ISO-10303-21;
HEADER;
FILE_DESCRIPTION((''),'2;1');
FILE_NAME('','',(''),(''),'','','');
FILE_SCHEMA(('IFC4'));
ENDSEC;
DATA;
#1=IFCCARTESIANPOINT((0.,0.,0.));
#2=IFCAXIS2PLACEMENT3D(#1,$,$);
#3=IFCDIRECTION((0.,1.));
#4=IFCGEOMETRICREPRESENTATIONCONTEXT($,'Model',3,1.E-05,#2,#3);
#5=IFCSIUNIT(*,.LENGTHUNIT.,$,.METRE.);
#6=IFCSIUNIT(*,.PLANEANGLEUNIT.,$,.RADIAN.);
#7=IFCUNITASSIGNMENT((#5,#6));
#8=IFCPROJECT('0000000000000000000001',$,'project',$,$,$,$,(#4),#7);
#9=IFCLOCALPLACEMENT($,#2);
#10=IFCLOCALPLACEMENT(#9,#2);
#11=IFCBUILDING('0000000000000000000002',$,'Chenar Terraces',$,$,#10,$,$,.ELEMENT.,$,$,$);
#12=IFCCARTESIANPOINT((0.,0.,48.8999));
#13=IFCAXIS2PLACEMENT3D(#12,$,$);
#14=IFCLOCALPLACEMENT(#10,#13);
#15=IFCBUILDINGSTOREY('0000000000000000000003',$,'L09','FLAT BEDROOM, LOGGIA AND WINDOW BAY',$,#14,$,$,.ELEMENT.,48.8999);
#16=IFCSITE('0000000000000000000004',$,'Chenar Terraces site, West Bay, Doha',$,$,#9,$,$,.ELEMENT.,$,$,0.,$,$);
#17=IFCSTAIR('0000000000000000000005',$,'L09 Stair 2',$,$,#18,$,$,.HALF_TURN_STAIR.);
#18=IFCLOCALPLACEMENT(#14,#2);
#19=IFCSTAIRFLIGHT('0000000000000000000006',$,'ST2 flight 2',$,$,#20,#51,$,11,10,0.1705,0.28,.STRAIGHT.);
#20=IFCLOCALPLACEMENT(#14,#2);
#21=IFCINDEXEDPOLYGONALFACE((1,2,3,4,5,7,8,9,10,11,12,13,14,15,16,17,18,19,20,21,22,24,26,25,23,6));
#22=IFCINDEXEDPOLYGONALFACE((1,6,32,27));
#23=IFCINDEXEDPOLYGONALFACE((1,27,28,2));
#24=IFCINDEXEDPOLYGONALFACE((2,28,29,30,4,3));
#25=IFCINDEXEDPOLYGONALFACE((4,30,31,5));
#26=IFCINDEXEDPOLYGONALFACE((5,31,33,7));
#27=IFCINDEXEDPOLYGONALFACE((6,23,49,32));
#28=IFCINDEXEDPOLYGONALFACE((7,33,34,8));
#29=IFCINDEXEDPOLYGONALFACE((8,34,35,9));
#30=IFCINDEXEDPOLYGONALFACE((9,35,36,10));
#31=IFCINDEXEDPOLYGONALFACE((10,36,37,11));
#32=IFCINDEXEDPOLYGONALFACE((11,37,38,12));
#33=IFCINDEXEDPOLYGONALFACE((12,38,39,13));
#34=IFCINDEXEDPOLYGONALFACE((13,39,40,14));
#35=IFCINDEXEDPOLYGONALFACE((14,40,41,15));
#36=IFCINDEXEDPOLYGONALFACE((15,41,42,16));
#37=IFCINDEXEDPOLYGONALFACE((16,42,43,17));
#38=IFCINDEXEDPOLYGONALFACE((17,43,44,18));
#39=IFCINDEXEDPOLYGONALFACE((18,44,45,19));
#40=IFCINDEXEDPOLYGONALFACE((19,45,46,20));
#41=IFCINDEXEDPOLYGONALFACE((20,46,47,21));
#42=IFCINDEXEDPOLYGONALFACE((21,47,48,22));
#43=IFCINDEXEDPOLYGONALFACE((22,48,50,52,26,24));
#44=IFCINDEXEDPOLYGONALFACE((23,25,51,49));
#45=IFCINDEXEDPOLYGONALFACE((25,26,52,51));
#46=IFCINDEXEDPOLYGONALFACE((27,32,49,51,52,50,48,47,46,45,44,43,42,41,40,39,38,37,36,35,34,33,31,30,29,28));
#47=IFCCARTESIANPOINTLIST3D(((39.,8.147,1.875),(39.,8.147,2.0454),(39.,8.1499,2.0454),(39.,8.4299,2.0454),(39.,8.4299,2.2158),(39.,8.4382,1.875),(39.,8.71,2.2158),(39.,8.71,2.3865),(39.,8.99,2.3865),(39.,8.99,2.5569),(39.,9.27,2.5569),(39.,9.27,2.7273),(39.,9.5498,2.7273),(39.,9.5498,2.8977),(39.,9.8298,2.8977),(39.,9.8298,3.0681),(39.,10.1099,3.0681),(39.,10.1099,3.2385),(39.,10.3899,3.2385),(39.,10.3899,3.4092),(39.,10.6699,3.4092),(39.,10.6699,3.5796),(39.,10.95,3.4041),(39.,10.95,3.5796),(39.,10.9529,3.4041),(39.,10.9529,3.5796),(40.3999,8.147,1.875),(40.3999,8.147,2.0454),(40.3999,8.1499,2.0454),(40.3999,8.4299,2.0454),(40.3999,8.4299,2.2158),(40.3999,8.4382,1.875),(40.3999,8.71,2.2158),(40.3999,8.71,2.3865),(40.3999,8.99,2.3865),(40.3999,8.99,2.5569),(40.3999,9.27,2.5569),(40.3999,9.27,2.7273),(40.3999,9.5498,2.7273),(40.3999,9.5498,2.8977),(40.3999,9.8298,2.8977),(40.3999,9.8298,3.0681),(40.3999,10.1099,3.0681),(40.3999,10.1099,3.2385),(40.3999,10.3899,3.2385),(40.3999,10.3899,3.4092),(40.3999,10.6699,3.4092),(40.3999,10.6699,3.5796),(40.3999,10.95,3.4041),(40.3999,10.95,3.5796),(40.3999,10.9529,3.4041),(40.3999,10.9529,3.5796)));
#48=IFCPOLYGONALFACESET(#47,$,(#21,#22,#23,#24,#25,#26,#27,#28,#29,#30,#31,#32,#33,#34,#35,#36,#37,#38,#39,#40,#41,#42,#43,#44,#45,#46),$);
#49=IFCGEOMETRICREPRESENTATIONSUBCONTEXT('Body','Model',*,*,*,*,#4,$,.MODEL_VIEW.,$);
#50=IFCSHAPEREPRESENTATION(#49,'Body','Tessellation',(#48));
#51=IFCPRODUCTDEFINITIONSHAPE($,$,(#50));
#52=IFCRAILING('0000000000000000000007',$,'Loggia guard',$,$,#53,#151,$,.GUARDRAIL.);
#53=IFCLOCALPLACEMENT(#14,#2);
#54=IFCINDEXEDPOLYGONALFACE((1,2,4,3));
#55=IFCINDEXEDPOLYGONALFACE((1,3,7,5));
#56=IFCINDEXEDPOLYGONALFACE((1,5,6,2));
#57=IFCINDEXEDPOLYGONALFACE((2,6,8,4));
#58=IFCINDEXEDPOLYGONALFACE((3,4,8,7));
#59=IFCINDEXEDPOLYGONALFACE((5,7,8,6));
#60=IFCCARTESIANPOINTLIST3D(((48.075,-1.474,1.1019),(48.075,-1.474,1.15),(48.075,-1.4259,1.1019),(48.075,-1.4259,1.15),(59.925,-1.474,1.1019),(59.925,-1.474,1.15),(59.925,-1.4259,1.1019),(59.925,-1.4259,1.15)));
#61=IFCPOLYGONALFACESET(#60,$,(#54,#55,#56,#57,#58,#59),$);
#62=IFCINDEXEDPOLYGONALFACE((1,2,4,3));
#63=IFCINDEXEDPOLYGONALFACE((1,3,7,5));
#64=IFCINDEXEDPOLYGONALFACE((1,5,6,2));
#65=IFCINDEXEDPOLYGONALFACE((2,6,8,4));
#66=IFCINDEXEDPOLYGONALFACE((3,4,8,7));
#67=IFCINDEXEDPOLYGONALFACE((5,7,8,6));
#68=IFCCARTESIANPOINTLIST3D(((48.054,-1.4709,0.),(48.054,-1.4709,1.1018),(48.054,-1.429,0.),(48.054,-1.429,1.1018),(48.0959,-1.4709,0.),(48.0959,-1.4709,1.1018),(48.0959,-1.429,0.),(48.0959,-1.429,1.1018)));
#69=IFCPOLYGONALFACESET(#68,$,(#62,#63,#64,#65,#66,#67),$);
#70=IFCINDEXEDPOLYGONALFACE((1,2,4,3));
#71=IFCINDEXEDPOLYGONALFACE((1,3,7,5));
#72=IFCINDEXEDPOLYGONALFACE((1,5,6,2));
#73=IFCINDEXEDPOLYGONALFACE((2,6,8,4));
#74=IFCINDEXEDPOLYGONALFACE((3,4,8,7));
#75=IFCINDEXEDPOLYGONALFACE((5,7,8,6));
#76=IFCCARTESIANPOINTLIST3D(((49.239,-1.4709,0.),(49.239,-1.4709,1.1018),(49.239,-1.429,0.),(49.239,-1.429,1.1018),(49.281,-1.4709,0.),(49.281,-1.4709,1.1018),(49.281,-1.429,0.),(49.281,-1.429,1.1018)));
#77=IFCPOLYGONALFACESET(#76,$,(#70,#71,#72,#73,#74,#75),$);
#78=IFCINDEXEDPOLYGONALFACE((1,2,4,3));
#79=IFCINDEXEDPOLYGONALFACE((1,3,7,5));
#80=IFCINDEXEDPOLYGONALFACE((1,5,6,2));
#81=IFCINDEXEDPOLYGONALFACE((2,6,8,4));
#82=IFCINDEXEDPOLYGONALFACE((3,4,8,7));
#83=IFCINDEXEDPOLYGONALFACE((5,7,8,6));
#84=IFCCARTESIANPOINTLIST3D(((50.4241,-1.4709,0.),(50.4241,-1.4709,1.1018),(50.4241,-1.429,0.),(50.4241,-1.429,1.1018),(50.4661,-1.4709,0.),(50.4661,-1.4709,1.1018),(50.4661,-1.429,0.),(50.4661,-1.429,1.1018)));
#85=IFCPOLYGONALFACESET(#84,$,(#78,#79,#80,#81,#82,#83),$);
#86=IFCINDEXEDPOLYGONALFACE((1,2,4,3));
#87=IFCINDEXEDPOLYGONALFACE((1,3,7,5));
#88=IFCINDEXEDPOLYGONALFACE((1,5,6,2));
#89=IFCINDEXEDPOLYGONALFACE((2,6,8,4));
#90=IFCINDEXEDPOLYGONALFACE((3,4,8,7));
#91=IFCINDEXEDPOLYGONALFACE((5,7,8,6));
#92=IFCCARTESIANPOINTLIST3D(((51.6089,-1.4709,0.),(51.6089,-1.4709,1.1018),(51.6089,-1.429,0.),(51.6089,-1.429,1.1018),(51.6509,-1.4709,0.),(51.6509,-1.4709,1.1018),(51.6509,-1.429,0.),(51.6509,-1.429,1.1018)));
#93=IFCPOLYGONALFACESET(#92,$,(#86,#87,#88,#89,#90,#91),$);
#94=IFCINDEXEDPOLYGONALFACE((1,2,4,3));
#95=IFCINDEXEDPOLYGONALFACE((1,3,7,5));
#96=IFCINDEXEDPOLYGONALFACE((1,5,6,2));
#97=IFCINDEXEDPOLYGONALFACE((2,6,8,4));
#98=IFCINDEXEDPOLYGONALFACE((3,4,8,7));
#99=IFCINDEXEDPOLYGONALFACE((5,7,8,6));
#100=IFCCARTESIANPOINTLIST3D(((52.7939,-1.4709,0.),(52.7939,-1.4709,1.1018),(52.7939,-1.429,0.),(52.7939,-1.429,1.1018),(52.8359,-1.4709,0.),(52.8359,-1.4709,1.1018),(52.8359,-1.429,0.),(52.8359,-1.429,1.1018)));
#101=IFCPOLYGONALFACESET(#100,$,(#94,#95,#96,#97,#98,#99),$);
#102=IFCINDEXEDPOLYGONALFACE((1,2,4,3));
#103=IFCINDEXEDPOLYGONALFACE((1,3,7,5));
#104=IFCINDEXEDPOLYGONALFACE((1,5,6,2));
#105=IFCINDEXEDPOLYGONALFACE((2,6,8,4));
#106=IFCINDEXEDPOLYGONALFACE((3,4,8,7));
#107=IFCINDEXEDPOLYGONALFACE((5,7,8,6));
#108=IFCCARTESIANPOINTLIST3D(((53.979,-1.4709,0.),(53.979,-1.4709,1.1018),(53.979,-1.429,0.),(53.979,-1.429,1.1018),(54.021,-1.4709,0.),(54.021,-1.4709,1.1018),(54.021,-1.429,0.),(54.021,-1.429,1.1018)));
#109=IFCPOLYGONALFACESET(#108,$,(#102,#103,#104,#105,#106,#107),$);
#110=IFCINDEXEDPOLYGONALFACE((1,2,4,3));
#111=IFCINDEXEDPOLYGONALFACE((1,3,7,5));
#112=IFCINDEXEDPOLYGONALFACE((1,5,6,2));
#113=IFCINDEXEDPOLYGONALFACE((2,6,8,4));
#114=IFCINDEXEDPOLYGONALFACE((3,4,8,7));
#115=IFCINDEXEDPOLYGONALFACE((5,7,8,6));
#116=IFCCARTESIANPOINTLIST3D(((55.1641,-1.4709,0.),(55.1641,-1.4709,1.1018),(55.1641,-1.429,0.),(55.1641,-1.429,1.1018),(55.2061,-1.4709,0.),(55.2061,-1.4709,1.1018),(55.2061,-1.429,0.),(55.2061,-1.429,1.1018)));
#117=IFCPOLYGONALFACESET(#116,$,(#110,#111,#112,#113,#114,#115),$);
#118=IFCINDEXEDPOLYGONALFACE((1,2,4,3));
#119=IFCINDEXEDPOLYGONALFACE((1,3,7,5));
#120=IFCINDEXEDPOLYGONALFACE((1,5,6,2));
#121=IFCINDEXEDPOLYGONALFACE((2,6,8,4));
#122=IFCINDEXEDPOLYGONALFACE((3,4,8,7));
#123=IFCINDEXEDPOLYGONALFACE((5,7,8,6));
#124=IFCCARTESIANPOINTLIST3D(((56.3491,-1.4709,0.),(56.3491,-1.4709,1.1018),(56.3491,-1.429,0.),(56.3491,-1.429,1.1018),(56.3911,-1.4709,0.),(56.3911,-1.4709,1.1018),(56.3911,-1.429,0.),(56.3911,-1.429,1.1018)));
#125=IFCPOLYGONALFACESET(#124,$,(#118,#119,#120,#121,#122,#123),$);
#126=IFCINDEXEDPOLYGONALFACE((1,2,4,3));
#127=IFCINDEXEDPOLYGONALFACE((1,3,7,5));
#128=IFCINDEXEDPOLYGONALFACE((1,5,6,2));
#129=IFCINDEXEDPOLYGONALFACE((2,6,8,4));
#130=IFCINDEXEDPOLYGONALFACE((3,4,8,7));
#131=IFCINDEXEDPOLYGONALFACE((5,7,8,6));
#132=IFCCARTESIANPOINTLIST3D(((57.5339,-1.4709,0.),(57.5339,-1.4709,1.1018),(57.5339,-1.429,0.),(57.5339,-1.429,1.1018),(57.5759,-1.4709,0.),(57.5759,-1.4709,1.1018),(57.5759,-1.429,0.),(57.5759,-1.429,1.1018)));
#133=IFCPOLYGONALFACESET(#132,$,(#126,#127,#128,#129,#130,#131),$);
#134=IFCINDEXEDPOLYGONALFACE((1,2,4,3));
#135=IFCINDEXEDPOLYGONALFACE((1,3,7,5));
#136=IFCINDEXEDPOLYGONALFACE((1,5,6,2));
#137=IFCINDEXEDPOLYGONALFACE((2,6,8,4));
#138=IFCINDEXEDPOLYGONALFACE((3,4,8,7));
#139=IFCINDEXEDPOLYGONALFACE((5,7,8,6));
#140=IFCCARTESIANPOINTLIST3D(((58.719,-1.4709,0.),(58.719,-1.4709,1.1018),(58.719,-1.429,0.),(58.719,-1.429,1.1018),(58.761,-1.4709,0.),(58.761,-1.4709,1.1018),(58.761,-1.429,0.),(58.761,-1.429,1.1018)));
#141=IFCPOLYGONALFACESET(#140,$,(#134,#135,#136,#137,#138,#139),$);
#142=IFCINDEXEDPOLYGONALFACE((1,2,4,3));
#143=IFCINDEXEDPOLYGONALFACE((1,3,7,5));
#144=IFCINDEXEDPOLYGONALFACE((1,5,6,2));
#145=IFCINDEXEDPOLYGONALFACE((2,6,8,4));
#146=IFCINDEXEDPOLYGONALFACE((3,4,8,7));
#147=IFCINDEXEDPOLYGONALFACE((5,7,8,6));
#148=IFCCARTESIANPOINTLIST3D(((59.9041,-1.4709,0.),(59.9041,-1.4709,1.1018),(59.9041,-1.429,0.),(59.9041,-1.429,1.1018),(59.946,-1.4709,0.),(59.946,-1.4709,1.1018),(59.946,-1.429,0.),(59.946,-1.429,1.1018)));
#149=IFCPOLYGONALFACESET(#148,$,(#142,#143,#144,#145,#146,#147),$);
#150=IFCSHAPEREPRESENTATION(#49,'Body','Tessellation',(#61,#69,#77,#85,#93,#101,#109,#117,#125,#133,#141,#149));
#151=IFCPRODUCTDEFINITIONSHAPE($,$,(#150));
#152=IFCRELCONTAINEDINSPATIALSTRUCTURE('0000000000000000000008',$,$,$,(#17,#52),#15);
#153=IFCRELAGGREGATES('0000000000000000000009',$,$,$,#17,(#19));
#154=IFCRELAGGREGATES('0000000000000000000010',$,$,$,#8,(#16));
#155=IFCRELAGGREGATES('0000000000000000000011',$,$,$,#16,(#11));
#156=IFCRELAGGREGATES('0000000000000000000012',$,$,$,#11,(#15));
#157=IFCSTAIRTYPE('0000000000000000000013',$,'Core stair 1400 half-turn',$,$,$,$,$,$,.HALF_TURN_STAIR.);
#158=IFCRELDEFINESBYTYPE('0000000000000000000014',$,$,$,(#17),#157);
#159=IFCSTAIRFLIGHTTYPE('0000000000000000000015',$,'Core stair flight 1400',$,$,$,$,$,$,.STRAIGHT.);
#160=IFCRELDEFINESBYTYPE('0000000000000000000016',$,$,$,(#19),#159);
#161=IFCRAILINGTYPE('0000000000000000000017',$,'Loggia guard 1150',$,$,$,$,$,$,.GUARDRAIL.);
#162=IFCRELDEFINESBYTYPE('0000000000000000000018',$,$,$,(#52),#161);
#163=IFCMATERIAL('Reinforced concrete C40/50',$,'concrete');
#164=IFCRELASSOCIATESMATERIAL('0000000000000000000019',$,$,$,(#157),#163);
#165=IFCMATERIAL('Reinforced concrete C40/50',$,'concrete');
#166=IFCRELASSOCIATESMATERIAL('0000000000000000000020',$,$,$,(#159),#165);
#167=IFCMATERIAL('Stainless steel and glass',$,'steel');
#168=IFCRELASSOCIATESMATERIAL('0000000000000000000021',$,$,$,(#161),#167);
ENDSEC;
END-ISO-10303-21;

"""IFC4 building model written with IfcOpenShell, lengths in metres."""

from ifc_helpers import new_model, si_unit, direction, frame, origin, origin_2d, place, context, subcontext, project, spatial, polyline, rectangle, outline, extrude, material, type_object, element, aggregate, save


model = new_model("IFC4")

# Units and contexts
model_context = context("Model", 3, precision=1e-05, world=origin(), true_north=direction((0.0, 1.0)))
body_context = subcontext(model_context, "Body", "Model", "MODEL_VIEW")
ifc_project = project(units=[si_unit("LENGTHUNIT", "METRE"), si_unit("PLANEANGLEUNIT", "RADIAN")], contexts=[model_context])

# Site, building, storey
site_placement = place(None, origin())
site = spatial("IfcSite", under=ifc_project, at=site_placement, Name="Chenar Terraces site, West Bay, Doha", CompositionType="ELEMENT", RefElevation=0.0)
building_placement = place(site_placement, origin())
building = spatial("IfcBuilding", under=site, at=building_placement, Name="Chenar Terraces", CompositionType="ELEMENT")
storey_placement = place(building_placement, frame((0.0, 0.0, 48.8999)))
storey = spatial("IfcBuildingStorey", under=building, at=storey_placement, Name="L09", Description="FLAT BEDROOM, LOGGIA AND WINDOW BAY", CompositionType="ELEMENT", Elevation=48.8999)

# Stair, stair flight
ifc_material_1 = material(Name="Reinforced concrete C40/50", Category="concrete")
stair_type = type_object("IfcStairType", Name="Core stair 1400 half-turn", PredefinedType="HALF_TURN_STAIR", material=ifc_material_1)
stair_placement = place(storey_placement, origin())
stair = element("IfcStair", 1, at=stair_placement, inside=storey, type_object=stair_type, Name="L09 Stair 2", PredefinedType="HALF_TURN_STAIR")
ifc_material_2 = material(Name="Reinforced concrete C40/50", Category="concrete")
stair_flight_type = type_object("IfcStairFlightType", Name="Core stair flight 1400", PredefinedType="STRAIGHT", material=ifc_material_2)
stair_flight_1_placement = place(storey_placement, frame((39.7, 8.1499, 1.875), z_axis=(0.0, 0.0, 1.0), x_axis=(0.0, 1.0, 0.0)))
stair_flight_1 = element("IfcStairFlight", 2, at=stair_flight_1_placement, type_object=stair_flight_type, Name="ST2 flight 2", NumberOfRisers=11, NumberOfTreads=10, PredefinedType="STRAIGHT", RiserHeight=0.1705, TreadLength=0.28, context=body_context, shape_type="SweptSolid", body=[
    extrude(outline(polyline([(-0.0029, 0.0), (-0.0029, 0.1704), (0.0, 0.1704), (0.28, 0.1704), (0.28, 0.3408), (0.5601, 0.3408), (0.5601, 0.5115), (0.8401, 0.5115), (0.8401, 0.6819), (1.1201, 0.6819), (1.1201, 0.8523), (1.3999, 0.8523), (1.3999, 1.0227), (1.6799, 1.0227), (1.6799, 1.1931), (1.96, 1.1931), (1.96, 1.3635), (2.24, 1.3635), (2.24, 1.5342), (2.52, 1.5342), (2.52, 1.7046), (2.8, 1.7046), (2.803, 1.7046), (2.803, 1.5291), (2.8, 1.5291), (0.2883, 0.0), (-0.0029, 0.0)])), frame((0.0, 0.7, 0.0), z_axis=(0.0, -1.0, 0.0), x_axis=(1.0, 0.0, 0.0)), (0.0, 0.0, 1.0), 1.3999),
])
aggregate(stair, [stair_flight_1])

# Railing
ifc_material_3 = material(Name="Stainless steel and glass", Category="steel")
railing_type_1 = type_object("IfcRailingType", Name="Loggia guard 1150", PredefinedType="GUARDRAIL", material=ifc_material_3)
railing_1_placement = place(storey_placement, frame((48.075, -1.45, 0.0)))
element("IfcRailing", 3, at=railing_1_placement, inside=storey, type_object=railing_type_1, Name="Loggia guard", PredefinedType="GUARDRAIL", context=body_context, shape_type="SweptSolid", body=[
    extrude(rectangle(XDim=0.0481, YDim=0.0481, at=origin_2d()), frame((0.0, 0.0, 1.126), z_axis=(1.0, 0.0, 0.0), x_axis=(0.0, 1.0, 0.0)), (0.0, 0.0, 1.0), 11.8501),
    extrude(rectangle(XDim=0.042, YDim=0.042, at=origin_2d()), origin(), (0.0, 0.0, 1.0), 1.1018),
    extrude(rectangle(XDim=0.042, YDim=0.042, at=origin_2d()), frame((1.1851, 0.0, 0.0)), (0.0, 0.0, 1.0), 1.1018),
    extrude(rectangle(XDim=0.042, YDim=0.042, at=origin_2d()), frame((2.3701, 0.0, 0.0)), (0.0, 0.0, 1.0), 1.1018),
    extrude(rectangle(XDim=0.042, YDim=0.042, at=origin_2d()), frame((3.5549, 0.0, 0.0)), (0.0, 0.0, 1.0), 1.1018),
    extrude(rectangle(XDim=0.042, YDim=0.042, at=origin_2d()), frame((4.74, 0.0, 0.0)), (0.0, 0.0, 1.0), 1.1018),
    extrude(rectangle(XDim=0.042, YDim=0.042, at=origin_2d()), frame((5.925, 0.0, 0.0)), (0.0, 0.0, 1.0), 1.1018),
    extrude(rectangle(XDim=0.042, YDim=0.042, at=origin_2d()), frame((7.1101, 0.0, 0.0)), (0.0, 0.0, 1.0), 1.1018),
    extrude(rectangle(XDim=0.042, YDim=0.042, at=origin_2d()), frame((8.2952, 0.0, 0.0)), (0.0, 0.0, 1.0), 1.1018),
    extrude(rectangle(XDim=0.042, YDim=0.042, at=origin_2d()), frame((9.48, 0.0, 0.0)), (0.0, 0.0, 1.0), 1.1018),
    extrude(rectangle(XDim=0.042, YDim=0.042, at=origin_2d()), frame((10.665, 0.0, 0.0)), (0.0, 0.0, 1.0), 1.1018),
    extrude(rectangle(XDim=0.042, YDim=0.042, at=origin_2d()), frame((11.8501, 0.0, 0.0)), (0.0, 0.0, 1.0), 1.1018),
])

save(model, "model.ifc")
